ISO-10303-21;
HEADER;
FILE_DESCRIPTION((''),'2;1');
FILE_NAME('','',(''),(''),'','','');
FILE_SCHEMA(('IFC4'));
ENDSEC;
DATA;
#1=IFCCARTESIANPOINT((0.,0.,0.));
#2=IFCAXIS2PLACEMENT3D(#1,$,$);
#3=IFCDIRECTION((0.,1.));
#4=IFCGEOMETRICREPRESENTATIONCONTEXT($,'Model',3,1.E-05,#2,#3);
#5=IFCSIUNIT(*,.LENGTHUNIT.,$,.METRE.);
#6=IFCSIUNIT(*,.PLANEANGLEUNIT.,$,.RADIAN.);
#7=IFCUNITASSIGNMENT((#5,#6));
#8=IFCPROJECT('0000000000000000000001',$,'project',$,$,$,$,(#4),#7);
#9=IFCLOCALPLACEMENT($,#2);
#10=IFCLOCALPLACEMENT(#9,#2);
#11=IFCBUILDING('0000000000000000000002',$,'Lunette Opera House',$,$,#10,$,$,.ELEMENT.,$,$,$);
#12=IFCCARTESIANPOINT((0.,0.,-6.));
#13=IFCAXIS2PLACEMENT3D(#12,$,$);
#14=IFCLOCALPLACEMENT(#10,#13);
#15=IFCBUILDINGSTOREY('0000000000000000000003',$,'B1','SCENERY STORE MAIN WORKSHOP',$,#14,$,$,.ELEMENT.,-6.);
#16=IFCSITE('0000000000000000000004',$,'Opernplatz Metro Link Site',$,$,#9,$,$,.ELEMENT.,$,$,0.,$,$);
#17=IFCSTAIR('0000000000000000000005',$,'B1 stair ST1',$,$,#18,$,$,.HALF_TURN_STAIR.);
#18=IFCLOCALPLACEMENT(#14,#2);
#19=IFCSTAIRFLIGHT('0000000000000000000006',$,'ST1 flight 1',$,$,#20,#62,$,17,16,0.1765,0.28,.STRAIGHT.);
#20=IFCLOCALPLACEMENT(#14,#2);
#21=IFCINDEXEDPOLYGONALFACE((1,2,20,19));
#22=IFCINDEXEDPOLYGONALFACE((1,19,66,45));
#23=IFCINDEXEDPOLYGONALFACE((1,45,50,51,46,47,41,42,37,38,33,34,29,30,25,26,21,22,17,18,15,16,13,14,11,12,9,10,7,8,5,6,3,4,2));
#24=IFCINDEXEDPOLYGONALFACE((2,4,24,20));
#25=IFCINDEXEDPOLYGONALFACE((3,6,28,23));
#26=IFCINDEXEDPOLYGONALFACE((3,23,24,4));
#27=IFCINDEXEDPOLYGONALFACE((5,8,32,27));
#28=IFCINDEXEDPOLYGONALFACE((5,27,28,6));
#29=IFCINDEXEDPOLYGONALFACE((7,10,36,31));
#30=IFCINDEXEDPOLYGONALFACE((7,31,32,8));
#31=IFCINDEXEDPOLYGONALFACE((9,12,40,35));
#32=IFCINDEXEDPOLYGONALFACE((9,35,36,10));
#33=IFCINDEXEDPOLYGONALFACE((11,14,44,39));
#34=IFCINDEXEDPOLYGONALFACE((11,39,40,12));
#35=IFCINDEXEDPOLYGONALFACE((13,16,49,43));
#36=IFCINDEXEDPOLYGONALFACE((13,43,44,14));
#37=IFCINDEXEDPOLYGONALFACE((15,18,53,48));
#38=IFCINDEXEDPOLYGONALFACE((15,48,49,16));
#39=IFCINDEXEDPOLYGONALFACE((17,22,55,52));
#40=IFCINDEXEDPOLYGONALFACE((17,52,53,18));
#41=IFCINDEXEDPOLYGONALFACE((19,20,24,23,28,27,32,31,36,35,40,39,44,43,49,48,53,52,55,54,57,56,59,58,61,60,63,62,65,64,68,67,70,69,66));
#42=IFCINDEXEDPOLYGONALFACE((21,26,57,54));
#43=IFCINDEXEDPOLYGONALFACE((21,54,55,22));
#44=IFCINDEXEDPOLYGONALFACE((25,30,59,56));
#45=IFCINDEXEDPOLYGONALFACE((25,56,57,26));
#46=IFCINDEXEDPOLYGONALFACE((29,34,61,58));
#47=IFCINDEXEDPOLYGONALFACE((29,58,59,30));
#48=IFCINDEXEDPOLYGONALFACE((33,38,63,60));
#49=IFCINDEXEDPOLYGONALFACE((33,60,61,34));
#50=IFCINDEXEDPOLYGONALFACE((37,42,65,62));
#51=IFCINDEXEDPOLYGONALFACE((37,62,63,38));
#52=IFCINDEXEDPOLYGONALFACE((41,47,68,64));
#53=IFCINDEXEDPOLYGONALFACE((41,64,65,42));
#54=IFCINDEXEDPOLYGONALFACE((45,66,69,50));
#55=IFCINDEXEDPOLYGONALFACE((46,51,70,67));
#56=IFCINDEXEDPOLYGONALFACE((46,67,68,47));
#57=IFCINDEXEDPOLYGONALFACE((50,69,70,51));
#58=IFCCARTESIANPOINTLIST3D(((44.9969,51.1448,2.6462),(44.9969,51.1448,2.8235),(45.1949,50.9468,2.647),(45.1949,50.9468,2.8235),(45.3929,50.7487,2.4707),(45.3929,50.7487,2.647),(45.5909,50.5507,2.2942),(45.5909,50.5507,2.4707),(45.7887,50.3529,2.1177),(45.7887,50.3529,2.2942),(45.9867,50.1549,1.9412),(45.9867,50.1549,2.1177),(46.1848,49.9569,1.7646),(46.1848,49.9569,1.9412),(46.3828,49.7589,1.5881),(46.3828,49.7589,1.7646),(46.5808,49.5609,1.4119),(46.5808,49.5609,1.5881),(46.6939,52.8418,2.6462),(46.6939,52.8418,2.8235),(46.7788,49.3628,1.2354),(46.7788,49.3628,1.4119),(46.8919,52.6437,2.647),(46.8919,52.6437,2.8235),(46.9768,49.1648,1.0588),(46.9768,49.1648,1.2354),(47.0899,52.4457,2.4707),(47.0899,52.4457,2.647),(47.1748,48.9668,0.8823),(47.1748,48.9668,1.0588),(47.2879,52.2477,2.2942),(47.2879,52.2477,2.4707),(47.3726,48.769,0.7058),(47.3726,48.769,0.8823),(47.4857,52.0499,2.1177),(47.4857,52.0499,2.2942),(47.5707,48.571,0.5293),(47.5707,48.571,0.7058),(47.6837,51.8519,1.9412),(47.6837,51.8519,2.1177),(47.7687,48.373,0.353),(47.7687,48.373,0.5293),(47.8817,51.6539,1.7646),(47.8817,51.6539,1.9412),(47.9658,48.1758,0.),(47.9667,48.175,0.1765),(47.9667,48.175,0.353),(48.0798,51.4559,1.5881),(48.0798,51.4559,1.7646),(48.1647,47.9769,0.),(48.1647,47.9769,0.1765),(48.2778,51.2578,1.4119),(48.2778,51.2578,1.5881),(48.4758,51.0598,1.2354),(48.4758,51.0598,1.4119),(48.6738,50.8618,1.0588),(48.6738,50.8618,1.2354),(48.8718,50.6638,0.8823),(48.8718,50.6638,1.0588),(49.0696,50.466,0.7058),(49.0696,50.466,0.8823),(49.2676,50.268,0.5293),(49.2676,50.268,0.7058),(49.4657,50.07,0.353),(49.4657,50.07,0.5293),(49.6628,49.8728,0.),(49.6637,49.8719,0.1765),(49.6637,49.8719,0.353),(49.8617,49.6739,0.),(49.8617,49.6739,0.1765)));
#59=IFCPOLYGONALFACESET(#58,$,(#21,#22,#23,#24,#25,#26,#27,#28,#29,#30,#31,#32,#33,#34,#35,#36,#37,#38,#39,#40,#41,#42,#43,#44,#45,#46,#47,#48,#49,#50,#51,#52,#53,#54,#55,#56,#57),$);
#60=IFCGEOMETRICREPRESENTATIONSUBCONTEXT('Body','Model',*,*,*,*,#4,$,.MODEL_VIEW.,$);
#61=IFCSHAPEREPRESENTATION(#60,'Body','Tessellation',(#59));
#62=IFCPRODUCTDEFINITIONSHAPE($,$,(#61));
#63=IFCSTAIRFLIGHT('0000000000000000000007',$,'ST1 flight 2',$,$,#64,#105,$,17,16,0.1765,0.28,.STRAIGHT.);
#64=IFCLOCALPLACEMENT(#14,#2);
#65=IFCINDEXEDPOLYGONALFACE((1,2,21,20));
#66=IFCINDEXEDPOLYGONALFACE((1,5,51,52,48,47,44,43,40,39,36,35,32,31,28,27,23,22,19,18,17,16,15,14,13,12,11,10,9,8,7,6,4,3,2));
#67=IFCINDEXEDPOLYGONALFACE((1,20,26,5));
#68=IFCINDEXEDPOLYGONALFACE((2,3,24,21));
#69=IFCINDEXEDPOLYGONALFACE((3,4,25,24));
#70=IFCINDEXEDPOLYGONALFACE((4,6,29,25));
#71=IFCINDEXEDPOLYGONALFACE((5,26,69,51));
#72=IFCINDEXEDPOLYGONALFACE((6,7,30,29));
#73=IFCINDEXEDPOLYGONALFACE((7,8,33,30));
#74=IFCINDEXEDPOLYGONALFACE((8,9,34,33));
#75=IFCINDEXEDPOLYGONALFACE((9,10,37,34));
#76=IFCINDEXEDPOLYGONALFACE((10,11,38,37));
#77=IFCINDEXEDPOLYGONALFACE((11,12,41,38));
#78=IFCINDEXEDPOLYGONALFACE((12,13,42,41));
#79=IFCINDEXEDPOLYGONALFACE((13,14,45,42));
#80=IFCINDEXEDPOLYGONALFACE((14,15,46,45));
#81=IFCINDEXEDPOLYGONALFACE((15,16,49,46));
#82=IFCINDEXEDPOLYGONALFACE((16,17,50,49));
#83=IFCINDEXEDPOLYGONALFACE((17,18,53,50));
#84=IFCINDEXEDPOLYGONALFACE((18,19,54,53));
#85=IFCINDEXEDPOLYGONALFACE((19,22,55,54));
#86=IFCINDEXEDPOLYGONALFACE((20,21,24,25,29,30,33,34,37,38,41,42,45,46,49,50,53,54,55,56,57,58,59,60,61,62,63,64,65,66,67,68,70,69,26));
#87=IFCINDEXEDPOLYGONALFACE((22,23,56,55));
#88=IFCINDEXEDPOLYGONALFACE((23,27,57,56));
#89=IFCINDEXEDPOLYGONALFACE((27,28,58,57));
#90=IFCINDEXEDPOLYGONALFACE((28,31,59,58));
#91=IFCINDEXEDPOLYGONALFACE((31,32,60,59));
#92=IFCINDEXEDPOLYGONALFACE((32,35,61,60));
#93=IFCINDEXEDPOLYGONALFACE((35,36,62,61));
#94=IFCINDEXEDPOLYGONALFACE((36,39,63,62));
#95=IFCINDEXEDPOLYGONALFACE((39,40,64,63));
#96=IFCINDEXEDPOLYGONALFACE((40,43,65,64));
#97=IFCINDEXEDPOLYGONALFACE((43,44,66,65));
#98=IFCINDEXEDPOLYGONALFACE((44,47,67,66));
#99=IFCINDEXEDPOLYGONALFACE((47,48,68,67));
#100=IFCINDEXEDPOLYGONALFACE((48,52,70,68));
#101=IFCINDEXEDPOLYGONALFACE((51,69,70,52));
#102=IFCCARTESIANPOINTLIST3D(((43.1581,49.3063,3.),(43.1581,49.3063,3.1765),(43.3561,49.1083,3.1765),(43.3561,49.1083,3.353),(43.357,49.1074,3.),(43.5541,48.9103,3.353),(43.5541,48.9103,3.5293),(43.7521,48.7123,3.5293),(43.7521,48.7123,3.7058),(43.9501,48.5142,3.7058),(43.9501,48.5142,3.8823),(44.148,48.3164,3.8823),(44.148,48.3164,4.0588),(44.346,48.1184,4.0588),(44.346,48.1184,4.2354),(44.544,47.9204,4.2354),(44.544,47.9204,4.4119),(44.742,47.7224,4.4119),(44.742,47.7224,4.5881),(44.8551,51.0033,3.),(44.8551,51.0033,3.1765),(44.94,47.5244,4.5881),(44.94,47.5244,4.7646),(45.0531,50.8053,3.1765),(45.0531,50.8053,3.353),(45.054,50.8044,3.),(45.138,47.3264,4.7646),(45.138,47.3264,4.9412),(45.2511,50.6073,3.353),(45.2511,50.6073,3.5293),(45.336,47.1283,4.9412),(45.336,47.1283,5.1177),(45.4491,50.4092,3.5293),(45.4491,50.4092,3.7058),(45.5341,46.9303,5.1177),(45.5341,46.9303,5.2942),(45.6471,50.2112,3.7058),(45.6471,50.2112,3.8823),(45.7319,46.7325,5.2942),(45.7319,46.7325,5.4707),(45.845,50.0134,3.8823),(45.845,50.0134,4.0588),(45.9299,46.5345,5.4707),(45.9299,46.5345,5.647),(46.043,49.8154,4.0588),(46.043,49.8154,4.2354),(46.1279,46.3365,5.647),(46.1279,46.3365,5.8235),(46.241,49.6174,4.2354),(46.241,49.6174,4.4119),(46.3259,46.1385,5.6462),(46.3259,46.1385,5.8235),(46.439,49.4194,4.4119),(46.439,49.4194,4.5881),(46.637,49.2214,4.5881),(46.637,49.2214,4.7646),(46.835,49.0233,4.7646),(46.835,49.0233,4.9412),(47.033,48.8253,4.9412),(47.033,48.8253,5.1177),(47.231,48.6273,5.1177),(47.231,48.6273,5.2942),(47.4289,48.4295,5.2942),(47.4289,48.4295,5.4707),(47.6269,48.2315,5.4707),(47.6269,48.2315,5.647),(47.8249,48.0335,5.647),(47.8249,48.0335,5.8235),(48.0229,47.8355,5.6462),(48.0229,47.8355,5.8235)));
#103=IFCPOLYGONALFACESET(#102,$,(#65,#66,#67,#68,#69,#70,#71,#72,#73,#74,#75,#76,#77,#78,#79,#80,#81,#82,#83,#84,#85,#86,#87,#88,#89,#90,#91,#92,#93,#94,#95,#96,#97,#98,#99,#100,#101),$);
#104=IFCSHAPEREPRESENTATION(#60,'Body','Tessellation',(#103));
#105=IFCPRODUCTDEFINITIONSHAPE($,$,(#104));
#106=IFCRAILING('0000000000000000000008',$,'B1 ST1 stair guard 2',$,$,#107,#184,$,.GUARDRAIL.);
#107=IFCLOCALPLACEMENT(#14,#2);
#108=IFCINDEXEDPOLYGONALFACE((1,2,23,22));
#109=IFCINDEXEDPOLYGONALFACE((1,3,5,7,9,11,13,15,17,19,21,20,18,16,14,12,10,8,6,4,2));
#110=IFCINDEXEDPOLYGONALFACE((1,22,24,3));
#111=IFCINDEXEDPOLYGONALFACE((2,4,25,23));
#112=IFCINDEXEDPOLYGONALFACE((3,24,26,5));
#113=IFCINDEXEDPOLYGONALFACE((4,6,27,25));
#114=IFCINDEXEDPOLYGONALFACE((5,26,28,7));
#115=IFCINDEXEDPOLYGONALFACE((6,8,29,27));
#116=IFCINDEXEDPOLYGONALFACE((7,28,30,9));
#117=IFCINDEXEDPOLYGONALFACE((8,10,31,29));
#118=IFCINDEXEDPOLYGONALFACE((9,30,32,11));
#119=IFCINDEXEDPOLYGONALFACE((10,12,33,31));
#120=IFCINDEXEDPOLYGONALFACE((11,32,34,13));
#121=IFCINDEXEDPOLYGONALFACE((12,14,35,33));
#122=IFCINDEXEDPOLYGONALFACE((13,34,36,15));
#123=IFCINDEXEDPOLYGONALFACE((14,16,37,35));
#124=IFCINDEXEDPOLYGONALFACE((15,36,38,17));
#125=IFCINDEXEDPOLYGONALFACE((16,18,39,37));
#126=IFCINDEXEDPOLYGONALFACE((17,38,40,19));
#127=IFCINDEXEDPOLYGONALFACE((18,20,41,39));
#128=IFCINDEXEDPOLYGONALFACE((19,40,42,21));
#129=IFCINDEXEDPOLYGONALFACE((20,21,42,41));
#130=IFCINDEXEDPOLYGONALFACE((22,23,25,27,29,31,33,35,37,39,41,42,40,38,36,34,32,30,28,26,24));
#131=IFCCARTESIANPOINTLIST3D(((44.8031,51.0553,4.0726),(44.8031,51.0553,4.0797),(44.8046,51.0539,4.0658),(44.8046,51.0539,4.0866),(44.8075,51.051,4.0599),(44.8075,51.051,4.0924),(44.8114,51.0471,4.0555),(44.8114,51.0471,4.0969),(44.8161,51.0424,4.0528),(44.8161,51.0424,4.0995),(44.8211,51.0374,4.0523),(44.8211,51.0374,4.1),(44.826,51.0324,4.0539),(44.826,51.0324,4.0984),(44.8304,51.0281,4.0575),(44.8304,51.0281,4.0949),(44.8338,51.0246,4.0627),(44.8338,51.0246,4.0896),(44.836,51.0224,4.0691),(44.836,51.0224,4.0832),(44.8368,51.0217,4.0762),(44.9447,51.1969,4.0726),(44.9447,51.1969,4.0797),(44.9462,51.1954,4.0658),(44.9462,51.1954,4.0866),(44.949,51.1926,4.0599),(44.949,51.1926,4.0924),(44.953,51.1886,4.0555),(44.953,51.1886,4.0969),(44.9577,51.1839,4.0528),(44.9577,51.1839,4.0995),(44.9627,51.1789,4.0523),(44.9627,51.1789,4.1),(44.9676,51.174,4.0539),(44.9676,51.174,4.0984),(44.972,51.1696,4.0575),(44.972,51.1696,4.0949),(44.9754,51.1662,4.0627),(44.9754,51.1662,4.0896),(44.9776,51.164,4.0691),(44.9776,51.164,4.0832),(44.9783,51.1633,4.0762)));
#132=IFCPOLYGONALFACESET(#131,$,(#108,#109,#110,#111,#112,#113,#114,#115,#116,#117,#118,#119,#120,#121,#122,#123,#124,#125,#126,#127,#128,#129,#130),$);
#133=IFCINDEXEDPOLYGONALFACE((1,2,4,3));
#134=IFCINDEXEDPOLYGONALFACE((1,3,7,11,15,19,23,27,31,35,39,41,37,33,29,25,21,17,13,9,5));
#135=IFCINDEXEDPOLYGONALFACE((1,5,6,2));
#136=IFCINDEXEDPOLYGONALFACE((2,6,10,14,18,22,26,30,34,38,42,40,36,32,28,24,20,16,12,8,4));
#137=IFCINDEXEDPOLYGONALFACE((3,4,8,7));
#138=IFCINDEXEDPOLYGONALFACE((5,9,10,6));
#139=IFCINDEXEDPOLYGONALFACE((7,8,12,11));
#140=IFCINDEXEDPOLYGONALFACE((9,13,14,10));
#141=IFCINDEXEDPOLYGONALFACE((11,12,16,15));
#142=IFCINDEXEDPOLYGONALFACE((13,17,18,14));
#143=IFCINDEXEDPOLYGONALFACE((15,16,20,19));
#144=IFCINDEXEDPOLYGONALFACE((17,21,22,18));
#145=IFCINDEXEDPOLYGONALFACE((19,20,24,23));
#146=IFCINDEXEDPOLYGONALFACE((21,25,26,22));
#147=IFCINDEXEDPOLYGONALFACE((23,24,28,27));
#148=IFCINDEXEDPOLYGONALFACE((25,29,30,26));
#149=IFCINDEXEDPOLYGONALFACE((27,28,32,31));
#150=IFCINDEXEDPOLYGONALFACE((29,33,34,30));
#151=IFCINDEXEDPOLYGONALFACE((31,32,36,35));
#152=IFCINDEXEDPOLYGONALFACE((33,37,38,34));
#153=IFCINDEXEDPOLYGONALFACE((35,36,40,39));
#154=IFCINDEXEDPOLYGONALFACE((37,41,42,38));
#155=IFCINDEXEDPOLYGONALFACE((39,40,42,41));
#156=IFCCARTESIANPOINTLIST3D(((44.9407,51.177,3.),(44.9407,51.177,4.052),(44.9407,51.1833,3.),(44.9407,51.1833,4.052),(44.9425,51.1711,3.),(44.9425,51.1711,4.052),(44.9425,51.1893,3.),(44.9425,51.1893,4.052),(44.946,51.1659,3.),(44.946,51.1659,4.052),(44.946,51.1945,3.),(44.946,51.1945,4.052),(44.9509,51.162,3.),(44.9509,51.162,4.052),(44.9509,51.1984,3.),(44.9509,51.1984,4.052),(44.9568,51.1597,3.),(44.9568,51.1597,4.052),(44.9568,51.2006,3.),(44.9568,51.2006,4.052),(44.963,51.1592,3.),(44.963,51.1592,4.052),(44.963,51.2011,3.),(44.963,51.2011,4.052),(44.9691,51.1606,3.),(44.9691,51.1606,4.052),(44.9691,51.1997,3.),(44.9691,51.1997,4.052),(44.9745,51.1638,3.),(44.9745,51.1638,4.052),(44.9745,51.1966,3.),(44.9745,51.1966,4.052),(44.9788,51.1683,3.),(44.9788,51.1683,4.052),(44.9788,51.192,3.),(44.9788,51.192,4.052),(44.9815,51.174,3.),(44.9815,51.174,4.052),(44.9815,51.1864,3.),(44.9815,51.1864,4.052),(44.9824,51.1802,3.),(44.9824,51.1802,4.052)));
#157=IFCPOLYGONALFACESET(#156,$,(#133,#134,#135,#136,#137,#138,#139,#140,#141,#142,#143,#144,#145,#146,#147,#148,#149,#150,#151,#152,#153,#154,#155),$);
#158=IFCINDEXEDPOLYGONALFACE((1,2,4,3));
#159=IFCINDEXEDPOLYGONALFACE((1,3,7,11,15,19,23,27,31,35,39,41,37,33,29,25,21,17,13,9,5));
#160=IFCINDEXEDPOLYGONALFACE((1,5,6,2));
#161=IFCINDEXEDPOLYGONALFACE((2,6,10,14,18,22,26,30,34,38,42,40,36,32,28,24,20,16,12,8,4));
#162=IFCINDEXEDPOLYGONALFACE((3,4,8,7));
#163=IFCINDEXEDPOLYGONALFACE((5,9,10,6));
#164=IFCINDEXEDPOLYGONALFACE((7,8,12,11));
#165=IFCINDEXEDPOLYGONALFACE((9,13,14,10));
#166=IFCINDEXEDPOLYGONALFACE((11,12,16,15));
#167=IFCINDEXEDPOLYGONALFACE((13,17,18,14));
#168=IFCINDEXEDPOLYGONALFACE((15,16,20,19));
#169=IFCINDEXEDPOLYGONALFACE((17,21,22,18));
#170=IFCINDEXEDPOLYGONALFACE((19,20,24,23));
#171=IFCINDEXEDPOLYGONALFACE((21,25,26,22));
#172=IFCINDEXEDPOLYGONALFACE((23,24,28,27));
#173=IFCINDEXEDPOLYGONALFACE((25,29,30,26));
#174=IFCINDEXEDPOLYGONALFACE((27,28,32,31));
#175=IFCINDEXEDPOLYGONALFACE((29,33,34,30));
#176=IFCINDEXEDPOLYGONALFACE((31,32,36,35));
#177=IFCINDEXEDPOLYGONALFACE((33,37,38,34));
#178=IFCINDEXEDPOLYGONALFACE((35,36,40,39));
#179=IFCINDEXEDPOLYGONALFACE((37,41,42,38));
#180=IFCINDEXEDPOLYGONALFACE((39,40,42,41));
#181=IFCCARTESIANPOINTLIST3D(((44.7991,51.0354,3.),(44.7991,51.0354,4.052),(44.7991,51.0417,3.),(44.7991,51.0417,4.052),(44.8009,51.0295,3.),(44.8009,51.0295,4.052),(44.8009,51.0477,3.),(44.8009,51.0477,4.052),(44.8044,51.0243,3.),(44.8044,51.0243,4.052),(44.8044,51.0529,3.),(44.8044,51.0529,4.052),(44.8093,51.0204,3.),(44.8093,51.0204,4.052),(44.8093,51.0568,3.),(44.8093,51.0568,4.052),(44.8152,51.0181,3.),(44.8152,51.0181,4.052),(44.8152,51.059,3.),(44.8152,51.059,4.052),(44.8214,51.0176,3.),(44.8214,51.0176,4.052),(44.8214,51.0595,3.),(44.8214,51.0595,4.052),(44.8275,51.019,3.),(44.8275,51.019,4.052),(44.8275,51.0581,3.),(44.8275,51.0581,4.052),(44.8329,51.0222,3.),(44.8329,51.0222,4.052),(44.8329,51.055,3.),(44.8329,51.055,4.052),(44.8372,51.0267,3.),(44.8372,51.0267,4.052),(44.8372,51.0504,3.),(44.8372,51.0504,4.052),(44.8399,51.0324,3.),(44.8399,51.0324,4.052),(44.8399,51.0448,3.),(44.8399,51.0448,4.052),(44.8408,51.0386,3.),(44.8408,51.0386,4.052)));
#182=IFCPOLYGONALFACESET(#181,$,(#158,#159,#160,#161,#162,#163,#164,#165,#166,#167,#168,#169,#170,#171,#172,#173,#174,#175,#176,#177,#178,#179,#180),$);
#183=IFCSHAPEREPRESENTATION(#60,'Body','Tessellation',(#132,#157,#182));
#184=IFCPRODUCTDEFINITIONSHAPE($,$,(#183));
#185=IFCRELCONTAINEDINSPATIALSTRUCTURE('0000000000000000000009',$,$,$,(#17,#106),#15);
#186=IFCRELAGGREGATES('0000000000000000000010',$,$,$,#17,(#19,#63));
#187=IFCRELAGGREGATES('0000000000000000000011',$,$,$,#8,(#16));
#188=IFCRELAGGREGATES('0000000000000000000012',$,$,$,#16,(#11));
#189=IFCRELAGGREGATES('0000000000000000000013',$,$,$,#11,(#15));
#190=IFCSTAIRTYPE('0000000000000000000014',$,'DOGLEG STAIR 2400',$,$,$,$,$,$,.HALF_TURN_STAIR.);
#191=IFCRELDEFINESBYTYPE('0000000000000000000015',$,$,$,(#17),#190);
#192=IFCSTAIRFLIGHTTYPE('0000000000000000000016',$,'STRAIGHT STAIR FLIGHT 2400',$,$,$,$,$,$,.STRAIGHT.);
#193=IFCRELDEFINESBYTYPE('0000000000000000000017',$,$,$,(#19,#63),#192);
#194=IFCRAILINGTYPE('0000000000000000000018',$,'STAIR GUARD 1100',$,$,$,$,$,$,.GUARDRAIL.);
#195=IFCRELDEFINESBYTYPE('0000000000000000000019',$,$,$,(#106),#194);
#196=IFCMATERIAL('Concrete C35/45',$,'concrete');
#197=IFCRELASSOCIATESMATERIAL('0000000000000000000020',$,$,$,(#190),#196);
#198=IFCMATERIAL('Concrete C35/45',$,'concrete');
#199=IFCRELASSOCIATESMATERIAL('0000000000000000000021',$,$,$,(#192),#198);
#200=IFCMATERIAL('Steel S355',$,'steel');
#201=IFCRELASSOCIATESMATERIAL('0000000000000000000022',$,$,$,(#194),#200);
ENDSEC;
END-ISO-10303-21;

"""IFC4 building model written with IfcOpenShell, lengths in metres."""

from ifc_helpers import new_model, si_unit, direction, frame, origin, origin_2d, place, context, subcontext, project, spatial, polyline, circle, outline, extrude, material, type_object, element, aggregate, save


model = new_model("IFC4")

# Units and contexts
model_context = context("Model", 3, precision=1e-05, world=origin(), true_north=direction((0.0, 1.0)))
body_context = subcontext(model_context, "Body", "Model", "MODEL_VIEW")
ifc_project = project(units=[si_unit("LENGTHUNIT", "METRE"), si_unit("PLANEANGLEUNIT", "RADIAN")], contexts=[model_context])

# Site, building, storey
site_placement = place(None, origin())
site = spatial("IfcSite", under=ifc_project, at=site_placement, Name="Opernplatz Metro Link Site", CompositionType="ELEMENT", RefElevation=0.0)
building_placement = place(site_placement, origin())
building = spatial("IfcBuilding", under=site, at=building_placement, Name="Lunette Opera House", CompositionType="ELEMENT")
storey_placement = place(building_placement, frame((0.0, 0.0, -6.0)))
storey = spatial("IfcBuildingStorey", under=building, at=storey_placement, Name="B1", Description="SCENERY STORE MAIN WORKSHOP", CompositionType="ELEMENT", Elevation=-6.0)

# Stair, stair flights
ifc_material_1 = material(Name="Concrete C35/45", Category="concrete")
stair_type = type_object("IfcStairType", Name="DOGLEG STAIR 2400", PredefinedType="HALF_TURN_STAIR", material=ifc_material_1)
stair_placement = place(storey_placement, origin())
stair = element("IfcStair", 1, at=stair_placement, inside=storey, type_object=stair_type, Name="B1 stair ST1", PredefinedType="HALF_TURN_STAIR")
ifc_material_2 = material(Name="Concrete C35/45", Category="concrete")
stair_flight_type = type_object("IfcStairFlightType", Name="STRAIGHT STAIR FLIGHT 2400", PredefinedType="STRAIGHT", material=ifc_material_2)
stair_flight_1_placement = place(storey_placement, frame((49.0132, 48.8254, 0.0), z_axis=(0.0, 0.0, 1.0), x_axis=(-0.707107, 0.707107, 0.0)))
stair_flight_1 = element("IfcStairFlight", 2, at=stair_flight_1_placement, type_object=stair_flight_type, Name="ST1 flight 1", NumberOfRisers=17, NumberOfTreads=16, PredefinedType="STRAIGHT", RiserHeight=0.1765, TreadLength=0.28, context=body_context, shape_type="SweptSolid", body=[
    extrude(outline(polyline([(0.0, 0.0), (0.0, 0.1765), (0.28, 0.1765), (0.28, 0.353), (0.5601, 0.353), (0.5601, 0.5293), (0.8401, 0.5293), (0.8401, 0.7058), (1.1201, 0.7058), (1.1201, 0.8823), (1.3999, 0.8823), (1.3999, 1.0588), (1.6799, 1.0588), (1.6799, 1.2354), (1.96, 1.2354), (1.96, 1.4119), (2.24, 1.4119), (2.24, 1.5881), (2.52, 1.5881), (2.52, 1.7646), (2.8, 1.7646), (2.8, 1.9412), (3.0801, 1.9412), (3.0801, 2.1177), (3.3601, 2.1177), (3.3601, 2.2942), (3.6399, 2.2942), (3.6399, 2.4707), (3.9199, 2.4707), (3.9199, 2.647), (4.2, 2.647), (4.2, 2.8235), (4.48, 2.8235), (4.48, 3.0), (4.48, 2.6462), (0.2812, 0.0), (0.0, 0.0)])), frame((0.0, 1.2, 0.0), z_axis=(0.0, -1.0, 0.0), x_axis=(1.0, 0.0, 0.0)), (0.0, 0.0, 1.0), 2.3999),
])
stair_flight_2_placement = place(storey_placement, frame((44.0066, 50.1548, 3.0), z_axis=(0.0, 0.0, 1.0), x_axis=(0.707107, -0.707107, 0.0)))
stair_flight_2 = element("IfcStairFlight", 3, at=stair_flight_2_placement, type_object=stair_flight_type, Name="ST1 flight 2", NumberOfRisers=17, NumberOfTreads=16, PredefinedType="STRAIGHT", RiserHeight=0.1765, TreadLength=0.28, context=body_context, shape_type="SweptSolid", body=[
    extrude(outline(polyline([(0.0, 0.0), (0.0, 0.1765), (0.28, 0.1765), (0.28, 0.353), (0.5601, 0.353), (0.5601, 0.5293), (0.8401, 0.5293), (0.8401, 0.7058), (1.1201, 0.7058), (1.1201, 0.8823), (1.3999, 0.8823), (1.3999, 1.0588), (1.6799, 1.0588), (1.6799, 1.2354), (1.96, 1.2354), (1.96, 1.4119), (2.24, 1.4119), (2.24, 1.5881), (2.52, 1.5881), (2.52, 1.7646), (2.8, 1.7646), (2.8, 1.9412), (3.0801, 1.9412), (3.0801, 2.1177), (3.3601, 2.1177), (3.3601, 2.2942), (3.6399, 2.2942), (3.6399, 2.4707), (3.9199, 2.4707), (3.9199, 2.647), (4.2, 2.647), (4.2, 2.8235), (4.48, 2.8235), (4.48, 3.0), (4.48, 2.6462), (0.2812, 0.0), (0.0, 0.0)])), frame((0.0, 1.2, 0.0), z_axis=(0.0, -1.0, 0.0), x_axis=(1.0, 0.0, 0.0)), (0.0, 0.0, 1.0), 2.3999),
])
aggregate(stair, [stair_flight_1, stair_flight_2])

# Railing
ifc_material_3 = material(Name="Steel S355", Category="steel")
railing_type_1 = type_object("IfcRailingType", Name="STAIR GUARD 1100", PredefinedType="GUARDRAIL", material=ifc_material_3)
railing_1_placement = place(storey_placement, frame((44.9614, 51.1802, 3.0)))
element("IfcRailing", 4, at=railing_1_placement, inside=storey, type_object=railing_type_1, Name="B1 ST1 stair guard 2", PredefinedType="GUARDRAIL", context=body_context, shape_type="SweptSolid", body=[
    extrude(circle(Radius=0.0239, at=origin_2d()), frame((0.0, 0.0, 1.0762), z_axis=(-0.707107, -0.707107, 0.0), x_axis=(0.707107, -0.707107, 0.0)), (0.0, 0.0, 1.0), 0.2002),
    extrude(circle(Radius=0.021, at=origin_2d()), origin(), (0.0, 0.0, 1.0), 1.052),
    extrude(circle(Radius=0.021, at=origin_2d()), frame((-0.1416, -0.1416, 0.0)), (0.0, 0.0, 1.0), 1.052),
])

save(model, "model.ifc")
